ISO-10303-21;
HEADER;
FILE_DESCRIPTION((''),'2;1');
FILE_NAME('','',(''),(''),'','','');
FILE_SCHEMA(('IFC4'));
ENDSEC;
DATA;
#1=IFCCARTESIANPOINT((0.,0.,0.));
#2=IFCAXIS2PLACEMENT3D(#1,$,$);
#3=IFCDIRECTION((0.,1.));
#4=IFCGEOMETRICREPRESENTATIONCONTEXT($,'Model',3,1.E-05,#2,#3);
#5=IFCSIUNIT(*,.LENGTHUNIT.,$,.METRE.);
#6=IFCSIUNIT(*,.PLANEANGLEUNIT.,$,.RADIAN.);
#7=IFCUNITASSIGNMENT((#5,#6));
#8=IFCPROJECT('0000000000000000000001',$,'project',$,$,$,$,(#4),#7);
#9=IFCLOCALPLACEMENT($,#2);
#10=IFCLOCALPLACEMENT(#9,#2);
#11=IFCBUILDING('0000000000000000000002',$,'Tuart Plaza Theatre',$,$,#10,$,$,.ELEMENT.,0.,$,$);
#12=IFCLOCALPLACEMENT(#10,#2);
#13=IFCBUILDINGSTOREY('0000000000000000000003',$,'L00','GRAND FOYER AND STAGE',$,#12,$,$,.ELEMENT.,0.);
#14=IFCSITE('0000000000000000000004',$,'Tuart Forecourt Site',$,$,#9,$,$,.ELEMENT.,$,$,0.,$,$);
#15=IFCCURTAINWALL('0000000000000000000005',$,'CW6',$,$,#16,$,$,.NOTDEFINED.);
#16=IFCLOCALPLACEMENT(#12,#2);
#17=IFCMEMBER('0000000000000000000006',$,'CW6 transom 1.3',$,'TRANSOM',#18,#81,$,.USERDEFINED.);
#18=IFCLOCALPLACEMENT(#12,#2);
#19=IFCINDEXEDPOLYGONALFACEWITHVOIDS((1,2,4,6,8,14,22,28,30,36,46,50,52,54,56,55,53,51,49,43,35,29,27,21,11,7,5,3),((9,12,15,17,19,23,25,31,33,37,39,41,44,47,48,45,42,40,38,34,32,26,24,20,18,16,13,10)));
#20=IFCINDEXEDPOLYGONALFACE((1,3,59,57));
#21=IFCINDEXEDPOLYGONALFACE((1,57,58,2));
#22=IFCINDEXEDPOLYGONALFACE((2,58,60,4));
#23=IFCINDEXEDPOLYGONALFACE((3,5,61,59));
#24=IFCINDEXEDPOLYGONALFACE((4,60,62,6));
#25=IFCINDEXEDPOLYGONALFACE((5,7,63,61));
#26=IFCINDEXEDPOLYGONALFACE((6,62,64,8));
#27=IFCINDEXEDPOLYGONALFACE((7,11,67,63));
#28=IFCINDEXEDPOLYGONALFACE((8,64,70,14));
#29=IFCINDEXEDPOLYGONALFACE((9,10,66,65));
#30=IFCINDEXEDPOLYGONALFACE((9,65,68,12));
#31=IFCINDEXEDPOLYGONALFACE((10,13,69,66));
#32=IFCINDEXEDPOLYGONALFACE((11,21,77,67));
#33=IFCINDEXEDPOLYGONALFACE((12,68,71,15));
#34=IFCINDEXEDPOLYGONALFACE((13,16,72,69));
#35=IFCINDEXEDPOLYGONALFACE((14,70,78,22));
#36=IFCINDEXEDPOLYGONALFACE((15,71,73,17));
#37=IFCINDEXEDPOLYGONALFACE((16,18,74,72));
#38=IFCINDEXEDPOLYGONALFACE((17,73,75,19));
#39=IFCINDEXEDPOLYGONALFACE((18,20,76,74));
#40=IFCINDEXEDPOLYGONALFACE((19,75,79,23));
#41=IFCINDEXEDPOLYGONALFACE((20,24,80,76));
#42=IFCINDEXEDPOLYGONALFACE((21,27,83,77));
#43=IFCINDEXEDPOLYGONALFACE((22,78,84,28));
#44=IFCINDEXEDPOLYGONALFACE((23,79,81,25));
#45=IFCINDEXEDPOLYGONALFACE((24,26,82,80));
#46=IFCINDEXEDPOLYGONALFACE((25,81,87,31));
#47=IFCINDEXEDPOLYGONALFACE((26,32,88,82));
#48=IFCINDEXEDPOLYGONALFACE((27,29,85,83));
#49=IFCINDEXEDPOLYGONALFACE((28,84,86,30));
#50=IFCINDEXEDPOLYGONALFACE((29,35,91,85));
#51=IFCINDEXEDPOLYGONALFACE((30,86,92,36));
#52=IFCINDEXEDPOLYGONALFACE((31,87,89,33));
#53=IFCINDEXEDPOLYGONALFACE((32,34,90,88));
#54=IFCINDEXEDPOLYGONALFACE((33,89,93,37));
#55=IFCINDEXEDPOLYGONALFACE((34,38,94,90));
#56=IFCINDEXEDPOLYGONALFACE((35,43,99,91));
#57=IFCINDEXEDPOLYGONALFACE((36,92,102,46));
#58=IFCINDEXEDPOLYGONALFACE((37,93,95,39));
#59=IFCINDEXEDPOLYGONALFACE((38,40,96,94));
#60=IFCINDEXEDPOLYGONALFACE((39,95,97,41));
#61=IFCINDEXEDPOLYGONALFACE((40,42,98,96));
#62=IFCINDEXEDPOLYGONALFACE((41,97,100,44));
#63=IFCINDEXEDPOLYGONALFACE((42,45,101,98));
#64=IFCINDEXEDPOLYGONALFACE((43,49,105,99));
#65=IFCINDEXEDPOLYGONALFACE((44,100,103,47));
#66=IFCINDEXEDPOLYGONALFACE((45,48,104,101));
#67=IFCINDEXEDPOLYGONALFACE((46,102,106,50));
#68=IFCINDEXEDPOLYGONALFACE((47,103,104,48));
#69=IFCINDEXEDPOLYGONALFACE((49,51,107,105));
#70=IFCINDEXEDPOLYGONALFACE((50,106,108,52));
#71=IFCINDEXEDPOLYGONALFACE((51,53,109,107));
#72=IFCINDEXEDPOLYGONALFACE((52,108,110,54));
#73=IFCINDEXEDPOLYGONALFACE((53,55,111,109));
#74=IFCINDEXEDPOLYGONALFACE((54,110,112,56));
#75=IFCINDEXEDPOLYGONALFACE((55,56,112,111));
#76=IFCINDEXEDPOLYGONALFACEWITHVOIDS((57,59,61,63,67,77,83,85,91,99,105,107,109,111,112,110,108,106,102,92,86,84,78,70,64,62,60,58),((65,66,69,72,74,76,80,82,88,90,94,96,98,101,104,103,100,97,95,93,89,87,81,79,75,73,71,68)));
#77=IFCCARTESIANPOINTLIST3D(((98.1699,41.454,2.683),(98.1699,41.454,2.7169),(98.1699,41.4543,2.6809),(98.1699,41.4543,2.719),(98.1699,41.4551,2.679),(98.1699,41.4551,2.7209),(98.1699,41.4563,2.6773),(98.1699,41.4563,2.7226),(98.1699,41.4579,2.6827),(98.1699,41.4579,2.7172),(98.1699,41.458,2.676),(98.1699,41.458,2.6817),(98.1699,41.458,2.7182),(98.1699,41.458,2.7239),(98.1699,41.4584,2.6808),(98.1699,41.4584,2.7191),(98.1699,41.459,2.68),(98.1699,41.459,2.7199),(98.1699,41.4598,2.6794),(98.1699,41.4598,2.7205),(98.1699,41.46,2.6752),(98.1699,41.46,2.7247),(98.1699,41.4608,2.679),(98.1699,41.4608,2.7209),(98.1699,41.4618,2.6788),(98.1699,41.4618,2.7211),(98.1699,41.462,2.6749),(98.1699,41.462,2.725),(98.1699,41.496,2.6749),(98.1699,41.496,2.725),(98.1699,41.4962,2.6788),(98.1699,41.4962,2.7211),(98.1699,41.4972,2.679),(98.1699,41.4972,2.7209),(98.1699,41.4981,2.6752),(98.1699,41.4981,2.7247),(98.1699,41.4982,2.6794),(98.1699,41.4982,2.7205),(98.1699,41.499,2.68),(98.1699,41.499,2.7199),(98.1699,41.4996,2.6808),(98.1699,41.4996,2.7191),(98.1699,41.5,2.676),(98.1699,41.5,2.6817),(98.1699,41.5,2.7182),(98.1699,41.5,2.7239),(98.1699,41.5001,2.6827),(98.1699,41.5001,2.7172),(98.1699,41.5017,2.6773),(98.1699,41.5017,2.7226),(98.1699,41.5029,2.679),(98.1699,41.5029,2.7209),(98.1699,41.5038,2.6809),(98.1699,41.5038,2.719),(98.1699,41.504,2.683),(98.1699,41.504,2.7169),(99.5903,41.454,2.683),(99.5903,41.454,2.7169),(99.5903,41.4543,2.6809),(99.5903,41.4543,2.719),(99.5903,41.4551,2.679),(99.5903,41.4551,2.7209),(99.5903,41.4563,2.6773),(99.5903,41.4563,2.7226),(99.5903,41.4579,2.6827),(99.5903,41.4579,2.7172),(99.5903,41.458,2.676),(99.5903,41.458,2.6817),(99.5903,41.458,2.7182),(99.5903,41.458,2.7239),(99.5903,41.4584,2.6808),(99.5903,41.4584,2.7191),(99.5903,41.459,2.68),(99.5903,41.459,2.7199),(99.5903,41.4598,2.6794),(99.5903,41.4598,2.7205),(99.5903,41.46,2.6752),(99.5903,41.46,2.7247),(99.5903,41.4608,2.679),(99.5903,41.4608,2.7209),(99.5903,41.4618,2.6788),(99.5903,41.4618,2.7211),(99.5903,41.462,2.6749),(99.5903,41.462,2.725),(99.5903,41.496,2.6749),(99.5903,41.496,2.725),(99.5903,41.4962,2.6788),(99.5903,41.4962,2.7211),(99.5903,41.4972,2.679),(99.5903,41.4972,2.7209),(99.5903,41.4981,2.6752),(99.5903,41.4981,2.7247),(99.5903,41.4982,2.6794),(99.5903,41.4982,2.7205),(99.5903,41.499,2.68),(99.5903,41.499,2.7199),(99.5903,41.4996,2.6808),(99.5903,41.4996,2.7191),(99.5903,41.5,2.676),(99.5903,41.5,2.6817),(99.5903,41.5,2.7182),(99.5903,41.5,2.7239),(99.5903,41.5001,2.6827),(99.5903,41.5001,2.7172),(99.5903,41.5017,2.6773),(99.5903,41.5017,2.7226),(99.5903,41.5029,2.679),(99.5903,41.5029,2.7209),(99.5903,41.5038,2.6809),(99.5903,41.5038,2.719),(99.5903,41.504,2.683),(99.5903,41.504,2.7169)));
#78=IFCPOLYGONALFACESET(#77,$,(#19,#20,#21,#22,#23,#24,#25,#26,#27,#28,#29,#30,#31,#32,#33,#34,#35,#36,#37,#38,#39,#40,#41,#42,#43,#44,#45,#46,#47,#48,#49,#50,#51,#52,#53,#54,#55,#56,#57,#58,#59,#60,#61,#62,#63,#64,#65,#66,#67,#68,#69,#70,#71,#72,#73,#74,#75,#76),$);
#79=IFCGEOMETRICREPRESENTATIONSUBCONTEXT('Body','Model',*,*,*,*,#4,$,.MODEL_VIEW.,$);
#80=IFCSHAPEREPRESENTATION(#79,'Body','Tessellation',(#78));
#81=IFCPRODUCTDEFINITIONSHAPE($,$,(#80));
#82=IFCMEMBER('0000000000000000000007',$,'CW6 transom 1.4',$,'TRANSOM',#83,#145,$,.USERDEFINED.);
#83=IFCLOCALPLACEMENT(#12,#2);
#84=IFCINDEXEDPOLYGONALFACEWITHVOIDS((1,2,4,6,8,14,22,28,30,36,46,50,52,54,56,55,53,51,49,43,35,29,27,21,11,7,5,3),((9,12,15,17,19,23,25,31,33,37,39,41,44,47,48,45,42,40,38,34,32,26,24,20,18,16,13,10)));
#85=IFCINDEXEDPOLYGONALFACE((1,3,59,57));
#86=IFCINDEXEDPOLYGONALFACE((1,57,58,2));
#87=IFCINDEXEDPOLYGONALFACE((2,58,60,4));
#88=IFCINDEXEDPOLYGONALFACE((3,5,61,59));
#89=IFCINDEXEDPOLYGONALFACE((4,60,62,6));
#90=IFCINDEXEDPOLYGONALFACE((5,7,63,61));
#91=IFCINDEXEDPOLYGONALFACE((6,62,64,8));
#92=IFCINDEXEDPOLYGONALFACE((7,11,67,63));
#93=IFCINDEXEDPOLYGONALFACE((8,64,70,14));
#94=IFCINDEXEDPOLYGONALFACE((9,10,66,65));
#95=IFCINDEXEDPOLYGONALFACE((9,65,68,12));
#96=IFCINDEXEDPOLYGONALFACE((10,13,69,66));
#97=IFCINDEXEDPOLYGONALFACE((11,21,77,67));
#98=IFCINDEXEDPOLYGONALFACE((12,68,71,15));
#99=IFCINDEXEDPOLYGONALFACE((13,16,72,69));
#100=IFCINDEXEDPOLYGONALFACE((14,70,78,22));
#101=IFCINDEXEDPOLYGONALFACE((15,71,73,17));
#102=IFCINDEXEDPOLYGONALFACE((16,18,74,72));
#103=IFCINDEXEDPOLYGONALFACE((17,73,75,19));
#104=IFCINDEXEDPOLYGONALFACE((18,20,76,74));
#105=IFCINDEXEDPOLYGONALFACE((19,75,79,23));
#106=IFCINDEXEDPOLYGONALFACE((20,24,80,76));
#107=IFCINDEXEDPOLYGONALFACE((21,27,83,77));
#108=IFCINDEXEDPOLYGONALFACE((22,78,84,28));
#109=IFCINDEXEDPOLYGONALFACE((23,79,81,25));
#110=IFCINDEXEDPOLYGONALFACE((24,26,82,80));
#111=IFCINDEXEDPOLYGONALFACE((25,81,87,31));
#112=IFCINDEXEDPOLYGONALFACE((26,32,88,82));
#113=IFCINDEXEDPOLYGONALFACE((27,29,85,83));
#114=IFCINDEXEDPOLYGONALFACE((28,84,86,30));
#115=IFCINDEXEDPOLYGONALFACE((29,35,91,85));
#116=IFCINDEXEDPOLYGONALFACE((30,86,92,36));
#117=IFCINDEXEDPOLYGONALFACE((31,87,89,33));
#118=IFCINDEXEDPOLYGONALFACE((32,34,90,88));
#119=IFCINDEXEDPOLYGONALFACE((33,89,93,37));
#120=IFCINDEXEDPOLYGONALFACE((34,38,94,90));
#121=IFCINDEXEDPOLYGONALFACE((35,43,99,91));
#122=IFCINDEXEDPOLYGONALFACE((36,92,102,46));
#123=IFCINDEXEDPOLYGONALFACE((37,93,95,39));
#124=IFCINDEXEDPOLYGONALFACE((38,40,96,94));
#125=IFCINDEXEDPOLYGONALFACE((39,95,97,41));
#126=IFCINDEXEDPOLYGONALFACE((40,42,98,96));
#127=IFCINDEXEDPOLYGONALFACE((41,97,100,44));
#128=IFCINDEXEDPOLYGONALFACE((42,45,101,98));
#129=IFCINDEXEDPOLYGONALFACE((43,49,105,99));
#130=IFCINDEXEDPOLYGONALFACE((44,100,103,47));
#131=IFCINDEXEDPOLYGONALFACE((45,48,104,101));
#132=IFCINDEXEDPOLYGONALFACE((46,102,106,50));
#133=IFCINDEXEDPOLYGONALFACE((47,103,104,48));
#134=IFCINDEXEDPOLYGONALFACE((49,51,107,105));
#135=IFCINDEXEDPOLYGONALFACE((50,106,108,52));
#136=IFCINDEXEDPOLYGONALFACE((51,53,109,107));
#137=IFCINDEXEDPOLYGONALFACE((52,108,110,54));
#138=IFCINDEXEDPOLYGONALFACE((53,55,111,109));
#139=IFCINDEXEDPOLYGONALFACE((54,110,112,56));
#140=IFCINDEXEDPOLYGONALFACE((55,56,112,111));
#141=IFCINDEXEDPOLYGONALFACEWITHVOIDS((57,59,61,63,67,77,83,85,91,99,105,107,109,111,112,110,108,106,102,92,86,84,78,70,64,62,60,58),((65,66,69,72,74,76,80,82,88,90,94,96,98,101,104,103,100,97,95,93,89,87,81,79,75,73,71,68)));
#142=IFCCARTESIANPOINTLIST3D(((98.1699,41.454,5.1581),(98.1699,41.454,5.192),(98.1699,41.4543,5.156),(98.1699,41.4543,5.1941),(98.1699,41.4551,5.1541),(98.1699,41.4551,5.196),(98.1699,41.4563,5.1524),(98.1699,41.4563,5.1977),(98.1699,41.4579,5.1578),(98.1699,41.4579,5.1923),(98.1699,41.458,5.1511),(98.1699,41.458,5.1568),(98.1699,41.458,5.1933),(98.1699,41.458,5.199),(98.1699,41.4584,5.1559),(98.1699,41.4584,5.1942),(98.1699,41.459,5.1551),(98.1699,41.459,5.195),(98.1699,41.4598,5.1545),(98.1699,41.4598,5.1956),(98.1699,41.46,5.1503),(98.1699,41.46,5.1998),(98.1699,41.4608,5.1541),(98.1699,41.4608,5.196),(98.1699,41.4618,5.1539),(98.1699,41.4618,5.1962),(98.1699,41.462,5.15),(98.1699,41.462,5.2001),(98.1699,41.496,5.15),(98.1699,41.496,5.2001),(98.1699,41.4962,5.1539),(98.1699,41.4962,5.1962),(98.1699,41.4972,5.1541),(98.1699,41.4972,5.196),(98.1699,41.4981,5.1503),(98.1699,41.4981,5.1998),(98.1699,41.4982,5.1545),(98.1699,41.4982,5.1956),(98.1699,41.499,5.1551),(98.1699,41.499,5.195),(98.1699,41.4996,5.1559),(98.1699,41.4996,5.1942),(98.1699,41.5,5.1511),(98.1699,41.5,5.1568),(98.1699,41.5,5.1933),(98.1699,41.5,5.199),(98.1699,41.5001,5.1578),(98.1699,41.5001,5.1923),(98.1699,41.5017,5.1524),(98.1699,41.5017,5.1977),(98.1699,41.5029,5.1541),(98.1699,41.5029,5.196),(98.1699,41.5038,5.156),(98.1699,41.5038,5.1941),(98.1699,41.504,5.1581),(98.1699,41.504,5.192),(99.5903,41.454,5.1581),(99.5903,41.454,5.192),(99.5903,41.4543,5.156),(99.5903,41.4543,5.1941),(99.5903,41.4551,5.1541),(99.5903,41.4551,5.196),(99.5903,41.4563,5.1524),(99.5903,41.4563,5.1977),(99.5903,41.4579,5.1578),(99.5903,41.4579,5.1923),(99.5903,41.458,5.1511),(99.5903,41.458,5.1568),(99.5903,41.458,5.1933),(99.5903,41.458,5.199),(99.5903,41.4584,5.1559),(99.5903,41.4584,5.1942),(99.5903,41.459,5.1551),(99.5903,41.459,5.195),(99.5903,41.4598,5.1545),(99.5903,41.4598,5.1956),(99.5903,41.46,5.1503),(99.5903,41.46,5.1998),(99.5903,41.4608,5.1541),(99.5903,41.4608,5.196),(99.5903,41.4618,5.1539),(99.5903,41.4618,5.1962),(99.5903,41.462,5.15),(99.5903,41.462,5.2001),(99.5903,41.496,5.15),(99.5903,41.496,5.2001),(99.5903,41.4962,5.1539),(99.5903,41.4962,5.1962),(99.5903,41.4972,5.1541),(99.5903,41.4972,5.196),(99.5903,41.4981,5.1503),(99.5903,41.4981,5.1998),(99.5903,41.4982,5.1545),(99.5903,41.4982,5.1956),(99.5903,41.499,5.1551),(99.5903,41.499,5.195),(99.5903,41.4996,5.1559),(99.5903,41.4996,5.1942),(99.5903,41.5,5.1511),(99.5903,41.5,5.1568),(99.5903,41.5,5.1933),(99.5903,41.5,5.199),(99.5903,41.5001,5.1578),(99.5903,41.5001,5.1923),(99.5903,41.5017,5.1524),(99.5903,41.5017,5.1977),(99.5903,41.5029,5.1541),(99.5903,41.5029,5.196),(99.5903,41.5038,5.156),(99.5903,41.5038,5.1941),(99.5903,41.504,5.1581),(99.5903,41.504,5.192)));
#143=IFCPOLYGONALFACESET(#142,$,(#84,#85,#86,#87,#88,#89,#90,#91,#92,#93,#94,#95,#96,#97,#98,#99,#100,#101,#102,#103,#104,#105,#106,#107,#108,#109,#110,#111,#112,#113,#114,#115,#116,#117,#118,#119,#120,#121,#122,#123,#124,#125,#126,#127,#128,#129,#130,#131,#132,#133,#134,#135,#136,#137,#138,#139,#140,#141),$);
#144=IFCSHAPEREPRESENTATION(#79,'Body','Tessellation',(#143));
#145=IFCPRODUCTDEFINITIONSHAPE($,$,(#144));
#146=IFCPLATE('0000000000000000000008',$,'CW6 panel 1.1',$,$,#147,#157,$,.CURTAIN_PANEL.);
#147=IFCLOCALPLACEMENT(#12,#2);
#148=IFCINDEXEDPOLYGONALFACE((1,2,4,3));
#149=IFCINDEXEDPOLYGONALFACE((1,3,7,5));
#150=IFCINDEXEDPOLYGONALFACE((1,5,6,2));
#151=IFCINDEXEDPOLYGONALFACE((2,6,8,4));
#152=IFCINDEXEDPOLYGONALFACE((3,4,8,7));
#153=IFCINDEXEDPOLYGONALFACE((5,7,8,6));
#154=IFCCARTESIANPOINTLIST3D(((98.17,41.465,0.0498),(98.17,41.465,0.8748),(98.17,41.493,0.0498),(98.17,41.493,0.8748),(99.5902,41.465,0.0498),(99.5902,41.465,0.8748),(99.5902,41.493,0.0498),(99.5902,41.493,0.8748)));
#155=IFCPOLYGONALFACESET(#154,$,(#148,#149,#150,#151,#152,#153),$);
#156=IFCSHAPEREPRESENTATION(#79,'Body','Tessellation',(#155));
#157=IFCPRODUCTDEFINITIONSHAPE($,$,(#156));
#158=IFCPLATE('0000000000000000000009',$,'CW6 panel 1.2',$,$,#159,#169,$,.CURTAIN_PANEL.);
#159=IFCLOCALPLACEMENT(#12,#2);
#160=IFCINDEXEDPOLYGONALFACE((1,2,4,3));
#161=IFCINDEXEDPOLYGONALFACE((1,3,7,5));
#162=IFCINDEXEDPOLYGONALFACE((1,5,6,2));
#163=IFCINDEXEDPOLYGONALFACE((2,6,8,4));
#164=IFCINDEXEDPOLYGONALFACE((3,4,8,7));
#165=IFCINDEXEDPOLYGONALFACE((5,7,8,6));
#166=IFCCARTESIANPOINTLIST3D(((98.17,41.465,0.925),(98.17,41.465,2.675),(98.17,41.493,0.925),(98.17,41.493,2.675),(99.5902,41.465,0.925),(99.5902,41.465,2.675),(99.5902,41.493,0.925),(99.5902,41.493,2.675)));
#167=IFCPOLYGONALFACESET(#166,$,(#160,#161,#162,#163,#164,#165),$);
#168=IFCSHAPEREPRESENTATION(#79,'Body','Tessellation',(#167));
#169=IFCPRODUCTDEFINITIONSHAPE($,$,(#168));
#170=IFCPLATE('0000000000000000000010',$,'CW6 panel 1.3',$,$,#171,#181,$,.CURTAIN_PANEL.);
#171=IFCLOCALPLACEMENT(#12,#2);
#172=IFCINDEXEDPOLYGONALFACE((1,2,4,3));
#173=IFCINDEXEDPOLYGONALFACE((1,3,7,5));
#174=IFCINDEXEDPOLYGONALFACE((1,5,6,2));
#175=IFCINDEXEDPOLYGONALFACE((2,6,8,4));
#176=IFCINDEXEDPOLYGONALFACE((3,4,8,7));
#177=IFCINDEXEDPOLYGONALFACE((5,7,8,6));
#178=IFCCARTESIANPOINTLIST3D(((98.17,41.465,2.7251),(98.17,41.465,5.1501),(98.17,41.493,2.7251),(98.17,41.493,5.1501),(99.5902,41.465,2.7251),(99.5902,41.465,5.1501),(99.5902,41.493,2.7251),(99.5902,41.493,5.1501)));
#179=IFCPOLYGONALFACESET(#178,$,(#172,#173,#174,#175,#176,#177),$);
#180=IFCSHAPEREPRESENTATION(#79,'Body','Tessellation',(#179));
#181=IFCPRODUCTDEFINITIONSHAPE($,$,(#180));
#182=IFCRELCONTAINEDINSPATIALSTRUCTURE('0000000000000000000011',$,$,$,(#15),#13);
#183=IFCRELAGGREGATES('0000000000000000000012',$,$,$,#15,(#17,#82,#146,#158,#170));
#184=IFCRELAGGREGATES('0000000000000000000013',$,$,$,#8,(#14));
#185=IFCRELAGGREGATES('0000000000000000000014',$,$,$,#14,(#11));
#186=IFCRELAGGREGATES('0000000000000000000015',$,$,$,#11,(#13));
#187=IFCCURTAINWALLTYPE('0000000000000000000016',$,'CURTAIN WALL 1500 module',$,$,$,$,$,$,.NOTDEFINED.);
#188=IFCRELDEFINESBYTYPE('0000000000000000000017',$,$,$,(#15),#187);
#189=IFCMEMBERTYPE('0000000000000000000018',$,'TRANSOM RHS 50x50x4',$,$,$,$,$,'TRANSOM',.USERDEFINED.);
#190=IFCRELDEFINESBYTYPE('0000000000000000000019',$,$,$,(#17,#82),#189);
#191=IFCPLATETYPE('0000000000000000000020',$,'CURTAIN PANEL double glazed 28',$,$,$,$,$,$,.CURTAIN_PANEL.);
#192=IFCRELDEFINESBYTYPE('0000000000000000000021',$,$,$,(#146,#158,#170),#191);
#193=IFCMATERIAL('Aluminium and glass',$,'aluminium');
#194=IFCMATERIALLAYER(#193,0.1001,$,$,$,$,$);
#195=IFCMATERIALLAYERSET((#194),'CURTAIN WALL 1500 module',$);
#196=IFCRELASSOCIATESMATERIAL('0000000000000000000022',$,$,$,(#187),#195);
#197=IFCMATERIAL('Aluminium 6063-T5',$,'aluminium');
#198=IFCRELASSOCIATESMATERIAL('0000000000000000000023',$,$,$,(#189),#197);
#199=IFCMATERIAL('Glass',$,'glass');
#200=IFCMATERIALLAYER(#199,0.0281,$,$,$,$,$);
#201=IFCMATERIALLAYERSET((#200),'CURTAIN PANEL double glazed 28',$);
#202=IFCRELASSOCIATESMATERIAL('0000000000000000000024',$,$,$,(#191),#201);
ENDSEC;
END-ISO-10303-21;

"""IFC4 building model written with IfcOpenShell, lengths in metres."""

from ifc_helpers import new_model, si_unit, direction, frame, origin, origin_2d, place, context, subcontext, project, spatial, rectangle, hollow_rectangle, extrude, material, layer, layer_set, material_profile, profile_set, type_object, element, aggregate, save


model = new_model("IFC4")

# Units and contexts
model_context = context("Model", 3, precision=1e-05, world=origin(), true_north=direction((0.0, 1.0)))
body_context = subcontext(model_context, "Body", "Model", "MODEL_VIEW")
ifc_project = project(units=[si_unit("LENGTHUNIT", "METRE"), si_unit("PLANEANGLEUNIT", "RADIAN")], contexts=[model_context])

# Site, building, storey
site_placement = place(None, origin())
site = spatial("IfcSite", under=ifc_project, at=site_placement, Name="Tuart Forecourt Site", CompositionType="ELEMENT", RefElevation=0.0)
building_placement = place(site_placement, origin())
building = spatial("IfcBuilding", under=site, at=building_placement, Name="Tuart Plaza Theatre", CompositionType="ELEMENT", ElevationOfRefHeight=0.0)
storey_placement = place(building_placement, origin())
storey = spatial("IfcBuildingStorey", under=building, at=storey_placement, Name="L00", Description="GRAND FOYER AND STAGE", CompositionType="ELEMENT", Elevation=0.0)

# Curtain wall, members, plates
ifc_material_1 = material(Name="Aluminium and glass", Category="aluminium")
ifc_layer_1 = layer(ifc_material_1, 0.1001)
ifc_layer_set_1 = layer_set([ifc_layer_1], Name="CURTAIN WALL 1500 module")
curtain_wall_type = type_object("IfcCurtainWallType", Name="CURTAIN WALL 1500 module", PredefinedType="NOTDEFINED", material=ifc_layer_set_1)
curtain_wall_placement = place(storey_placement, origin())
curtain_wall = element("IfcCurtainWall", 1, at=curtain_wall_placement, inside=storey, type_object=curtain_wall_type, Name="CW6", PredefinedType="NOTDEFINED")
ifc_material_2 = material(Name="Aluminium 6063-T5", Category="aluminium")
ifc_material_profile_1 = material_profile(ifc_material_2, hollow_rectangle(XDim=0.05, YDim=0.05, WallThickness=0.0039, InnerFilletRadius=0.0039, OuterFilletRadius=0.0081, at=origin_2d()), Name="RHS 50x50x4")
ifc_profile_set_1 = profile_set([ifc_material_profile_1], Name="Aluminium 6063-T5")
member_type_1 = type_object("IfcMemberType", Name="TRANSOM RHS 50x50x4", ElementType="TRANSOM", PredefinedType="USERDEFINED", material=ifc_profile_set_1)
member_1_placement = place(storey_placement, frame((98.1699, 41.479, 2.7), z_axis=(1.0, 0.0, 0.0), x_axis=(0.0, 1.0, 0.0)))
member_1 = element("IfcMember", 2, at=member_1_placement, type_object=member_type_1, Name="CW6 transom 1.3", ObjectType="TRANSOM", PredefinedType="USERDEFINED", context=body_context, shape_type="SweptSolid", body=[
    extrude(hollow_rectangle(XDim=0.05, YDim=0.05, WallThickness=0.0039, InnerFilletRadius=0.0039, OuterFilletRadius=0.0081, at=origin_2d()), origin(), (0.0, 0.0, 1.0), 1.4204),
])
member_2_placement = place(storey_placement, frame((98.1699, 41.479, 5.175), z_axis=(1.0, 0.0, 0.0), x_axis=(0.0, 1.0, 0.0)))
member_2 = element("IfcMember", 3, at=member_2_placement, type_object=member_type_1, Name="CW6 transom 1.4", ObjectType="TRANSOM", PredefinedType="USERDEFINED", context=body_context, shape_type="SweptSolid", body=[
    extrude(hollow_rectangle(XDim=0.05, YDim=0.05, WallThickness=0.0039, InnerFilletRadius=0.0039, OuterFilletRadius=0.0081, at=origin_2d()), origin(), (0.0, 0.0, 1.0), 1.4204),
])
ifc_material_3 = material(Name="Glass", Category="glass")
ifc_layer_2 = layer(ifc_material_3, 0.0281)
ifc_layer_set_2 = layer_set([ifc_layer_2], Name="CURTAIN PANEL double glazed 28")
plate_type = type_object("IfcPlateType", Name="CURTAIN PANEL double glazed 28", PredefinedType="CURTAIN_PANEL", material=ifc_layer_set_2)
plate_1_placement = place(storey_placement, frame((98.8801, 41.479, 0.0498), z_axis=(0.0, 0.0, 1.0), x_axis=(1.0, 0.0, 0.0)))
plate_1 = element("IfcPlate", 4, at=plate_1_placement, type_object=plate_type, Name="CW6 panel 1.1", PredefinedType="CURTAIN_PANEL", context=body_context, shape_type="SweptSolid", body=[
    extrude(rectangle(XDim=1.4202, YDim=0.0281, at=origin_2d()), origin(), (0.0, 0.0, 1.0), 0.825),
])
plate_2_placement = place(storey_placement, frame((98.8801, 41.479, 0.925), z_axis=(0.0, 0.0, 1.0), x_axis=(1.0, 0.0, 0.0)))
plate_2 = element("IfcPlate", 5, at=plate_2_placement, type_object=plate_type, Name="CW6 panel 1.2", PredefinedType="CURTAIN_PANEL", context=body_context, shape_type="SweptSolid", body=[
    extrude(rectangle(XDim=1.4202, YDim=0.0281, at=origin_2d()), origin(), (0.0, 0.0, 1.0), 1.75),
])
plate_3_placement = place(storey_placement, frame((98.8801, 41.479, 2.7251), z_axis=(0.0, 0.0, 1.0), x_axis=(1.0, 0.0, 0.0)))
plate_3 = element("IfcPlate", 6, at=plate_3_placement, type_object=plate_type, Name="CW6 panel 1.3", PredefinedType="CURTAIN_PANEL", context=body_context, shape_type="SweptSolid", body=[
    extrude(rectangle(XDim=1.4202, YDim=0.0281, at=origin_2d()), origin(), (0.0, 0.0, 1.0), 2.425),
])
aggregate(curtain_wall, [member_1, member_2, plate_1, plate_2, plate_3])

save(model, "model.ifc")
